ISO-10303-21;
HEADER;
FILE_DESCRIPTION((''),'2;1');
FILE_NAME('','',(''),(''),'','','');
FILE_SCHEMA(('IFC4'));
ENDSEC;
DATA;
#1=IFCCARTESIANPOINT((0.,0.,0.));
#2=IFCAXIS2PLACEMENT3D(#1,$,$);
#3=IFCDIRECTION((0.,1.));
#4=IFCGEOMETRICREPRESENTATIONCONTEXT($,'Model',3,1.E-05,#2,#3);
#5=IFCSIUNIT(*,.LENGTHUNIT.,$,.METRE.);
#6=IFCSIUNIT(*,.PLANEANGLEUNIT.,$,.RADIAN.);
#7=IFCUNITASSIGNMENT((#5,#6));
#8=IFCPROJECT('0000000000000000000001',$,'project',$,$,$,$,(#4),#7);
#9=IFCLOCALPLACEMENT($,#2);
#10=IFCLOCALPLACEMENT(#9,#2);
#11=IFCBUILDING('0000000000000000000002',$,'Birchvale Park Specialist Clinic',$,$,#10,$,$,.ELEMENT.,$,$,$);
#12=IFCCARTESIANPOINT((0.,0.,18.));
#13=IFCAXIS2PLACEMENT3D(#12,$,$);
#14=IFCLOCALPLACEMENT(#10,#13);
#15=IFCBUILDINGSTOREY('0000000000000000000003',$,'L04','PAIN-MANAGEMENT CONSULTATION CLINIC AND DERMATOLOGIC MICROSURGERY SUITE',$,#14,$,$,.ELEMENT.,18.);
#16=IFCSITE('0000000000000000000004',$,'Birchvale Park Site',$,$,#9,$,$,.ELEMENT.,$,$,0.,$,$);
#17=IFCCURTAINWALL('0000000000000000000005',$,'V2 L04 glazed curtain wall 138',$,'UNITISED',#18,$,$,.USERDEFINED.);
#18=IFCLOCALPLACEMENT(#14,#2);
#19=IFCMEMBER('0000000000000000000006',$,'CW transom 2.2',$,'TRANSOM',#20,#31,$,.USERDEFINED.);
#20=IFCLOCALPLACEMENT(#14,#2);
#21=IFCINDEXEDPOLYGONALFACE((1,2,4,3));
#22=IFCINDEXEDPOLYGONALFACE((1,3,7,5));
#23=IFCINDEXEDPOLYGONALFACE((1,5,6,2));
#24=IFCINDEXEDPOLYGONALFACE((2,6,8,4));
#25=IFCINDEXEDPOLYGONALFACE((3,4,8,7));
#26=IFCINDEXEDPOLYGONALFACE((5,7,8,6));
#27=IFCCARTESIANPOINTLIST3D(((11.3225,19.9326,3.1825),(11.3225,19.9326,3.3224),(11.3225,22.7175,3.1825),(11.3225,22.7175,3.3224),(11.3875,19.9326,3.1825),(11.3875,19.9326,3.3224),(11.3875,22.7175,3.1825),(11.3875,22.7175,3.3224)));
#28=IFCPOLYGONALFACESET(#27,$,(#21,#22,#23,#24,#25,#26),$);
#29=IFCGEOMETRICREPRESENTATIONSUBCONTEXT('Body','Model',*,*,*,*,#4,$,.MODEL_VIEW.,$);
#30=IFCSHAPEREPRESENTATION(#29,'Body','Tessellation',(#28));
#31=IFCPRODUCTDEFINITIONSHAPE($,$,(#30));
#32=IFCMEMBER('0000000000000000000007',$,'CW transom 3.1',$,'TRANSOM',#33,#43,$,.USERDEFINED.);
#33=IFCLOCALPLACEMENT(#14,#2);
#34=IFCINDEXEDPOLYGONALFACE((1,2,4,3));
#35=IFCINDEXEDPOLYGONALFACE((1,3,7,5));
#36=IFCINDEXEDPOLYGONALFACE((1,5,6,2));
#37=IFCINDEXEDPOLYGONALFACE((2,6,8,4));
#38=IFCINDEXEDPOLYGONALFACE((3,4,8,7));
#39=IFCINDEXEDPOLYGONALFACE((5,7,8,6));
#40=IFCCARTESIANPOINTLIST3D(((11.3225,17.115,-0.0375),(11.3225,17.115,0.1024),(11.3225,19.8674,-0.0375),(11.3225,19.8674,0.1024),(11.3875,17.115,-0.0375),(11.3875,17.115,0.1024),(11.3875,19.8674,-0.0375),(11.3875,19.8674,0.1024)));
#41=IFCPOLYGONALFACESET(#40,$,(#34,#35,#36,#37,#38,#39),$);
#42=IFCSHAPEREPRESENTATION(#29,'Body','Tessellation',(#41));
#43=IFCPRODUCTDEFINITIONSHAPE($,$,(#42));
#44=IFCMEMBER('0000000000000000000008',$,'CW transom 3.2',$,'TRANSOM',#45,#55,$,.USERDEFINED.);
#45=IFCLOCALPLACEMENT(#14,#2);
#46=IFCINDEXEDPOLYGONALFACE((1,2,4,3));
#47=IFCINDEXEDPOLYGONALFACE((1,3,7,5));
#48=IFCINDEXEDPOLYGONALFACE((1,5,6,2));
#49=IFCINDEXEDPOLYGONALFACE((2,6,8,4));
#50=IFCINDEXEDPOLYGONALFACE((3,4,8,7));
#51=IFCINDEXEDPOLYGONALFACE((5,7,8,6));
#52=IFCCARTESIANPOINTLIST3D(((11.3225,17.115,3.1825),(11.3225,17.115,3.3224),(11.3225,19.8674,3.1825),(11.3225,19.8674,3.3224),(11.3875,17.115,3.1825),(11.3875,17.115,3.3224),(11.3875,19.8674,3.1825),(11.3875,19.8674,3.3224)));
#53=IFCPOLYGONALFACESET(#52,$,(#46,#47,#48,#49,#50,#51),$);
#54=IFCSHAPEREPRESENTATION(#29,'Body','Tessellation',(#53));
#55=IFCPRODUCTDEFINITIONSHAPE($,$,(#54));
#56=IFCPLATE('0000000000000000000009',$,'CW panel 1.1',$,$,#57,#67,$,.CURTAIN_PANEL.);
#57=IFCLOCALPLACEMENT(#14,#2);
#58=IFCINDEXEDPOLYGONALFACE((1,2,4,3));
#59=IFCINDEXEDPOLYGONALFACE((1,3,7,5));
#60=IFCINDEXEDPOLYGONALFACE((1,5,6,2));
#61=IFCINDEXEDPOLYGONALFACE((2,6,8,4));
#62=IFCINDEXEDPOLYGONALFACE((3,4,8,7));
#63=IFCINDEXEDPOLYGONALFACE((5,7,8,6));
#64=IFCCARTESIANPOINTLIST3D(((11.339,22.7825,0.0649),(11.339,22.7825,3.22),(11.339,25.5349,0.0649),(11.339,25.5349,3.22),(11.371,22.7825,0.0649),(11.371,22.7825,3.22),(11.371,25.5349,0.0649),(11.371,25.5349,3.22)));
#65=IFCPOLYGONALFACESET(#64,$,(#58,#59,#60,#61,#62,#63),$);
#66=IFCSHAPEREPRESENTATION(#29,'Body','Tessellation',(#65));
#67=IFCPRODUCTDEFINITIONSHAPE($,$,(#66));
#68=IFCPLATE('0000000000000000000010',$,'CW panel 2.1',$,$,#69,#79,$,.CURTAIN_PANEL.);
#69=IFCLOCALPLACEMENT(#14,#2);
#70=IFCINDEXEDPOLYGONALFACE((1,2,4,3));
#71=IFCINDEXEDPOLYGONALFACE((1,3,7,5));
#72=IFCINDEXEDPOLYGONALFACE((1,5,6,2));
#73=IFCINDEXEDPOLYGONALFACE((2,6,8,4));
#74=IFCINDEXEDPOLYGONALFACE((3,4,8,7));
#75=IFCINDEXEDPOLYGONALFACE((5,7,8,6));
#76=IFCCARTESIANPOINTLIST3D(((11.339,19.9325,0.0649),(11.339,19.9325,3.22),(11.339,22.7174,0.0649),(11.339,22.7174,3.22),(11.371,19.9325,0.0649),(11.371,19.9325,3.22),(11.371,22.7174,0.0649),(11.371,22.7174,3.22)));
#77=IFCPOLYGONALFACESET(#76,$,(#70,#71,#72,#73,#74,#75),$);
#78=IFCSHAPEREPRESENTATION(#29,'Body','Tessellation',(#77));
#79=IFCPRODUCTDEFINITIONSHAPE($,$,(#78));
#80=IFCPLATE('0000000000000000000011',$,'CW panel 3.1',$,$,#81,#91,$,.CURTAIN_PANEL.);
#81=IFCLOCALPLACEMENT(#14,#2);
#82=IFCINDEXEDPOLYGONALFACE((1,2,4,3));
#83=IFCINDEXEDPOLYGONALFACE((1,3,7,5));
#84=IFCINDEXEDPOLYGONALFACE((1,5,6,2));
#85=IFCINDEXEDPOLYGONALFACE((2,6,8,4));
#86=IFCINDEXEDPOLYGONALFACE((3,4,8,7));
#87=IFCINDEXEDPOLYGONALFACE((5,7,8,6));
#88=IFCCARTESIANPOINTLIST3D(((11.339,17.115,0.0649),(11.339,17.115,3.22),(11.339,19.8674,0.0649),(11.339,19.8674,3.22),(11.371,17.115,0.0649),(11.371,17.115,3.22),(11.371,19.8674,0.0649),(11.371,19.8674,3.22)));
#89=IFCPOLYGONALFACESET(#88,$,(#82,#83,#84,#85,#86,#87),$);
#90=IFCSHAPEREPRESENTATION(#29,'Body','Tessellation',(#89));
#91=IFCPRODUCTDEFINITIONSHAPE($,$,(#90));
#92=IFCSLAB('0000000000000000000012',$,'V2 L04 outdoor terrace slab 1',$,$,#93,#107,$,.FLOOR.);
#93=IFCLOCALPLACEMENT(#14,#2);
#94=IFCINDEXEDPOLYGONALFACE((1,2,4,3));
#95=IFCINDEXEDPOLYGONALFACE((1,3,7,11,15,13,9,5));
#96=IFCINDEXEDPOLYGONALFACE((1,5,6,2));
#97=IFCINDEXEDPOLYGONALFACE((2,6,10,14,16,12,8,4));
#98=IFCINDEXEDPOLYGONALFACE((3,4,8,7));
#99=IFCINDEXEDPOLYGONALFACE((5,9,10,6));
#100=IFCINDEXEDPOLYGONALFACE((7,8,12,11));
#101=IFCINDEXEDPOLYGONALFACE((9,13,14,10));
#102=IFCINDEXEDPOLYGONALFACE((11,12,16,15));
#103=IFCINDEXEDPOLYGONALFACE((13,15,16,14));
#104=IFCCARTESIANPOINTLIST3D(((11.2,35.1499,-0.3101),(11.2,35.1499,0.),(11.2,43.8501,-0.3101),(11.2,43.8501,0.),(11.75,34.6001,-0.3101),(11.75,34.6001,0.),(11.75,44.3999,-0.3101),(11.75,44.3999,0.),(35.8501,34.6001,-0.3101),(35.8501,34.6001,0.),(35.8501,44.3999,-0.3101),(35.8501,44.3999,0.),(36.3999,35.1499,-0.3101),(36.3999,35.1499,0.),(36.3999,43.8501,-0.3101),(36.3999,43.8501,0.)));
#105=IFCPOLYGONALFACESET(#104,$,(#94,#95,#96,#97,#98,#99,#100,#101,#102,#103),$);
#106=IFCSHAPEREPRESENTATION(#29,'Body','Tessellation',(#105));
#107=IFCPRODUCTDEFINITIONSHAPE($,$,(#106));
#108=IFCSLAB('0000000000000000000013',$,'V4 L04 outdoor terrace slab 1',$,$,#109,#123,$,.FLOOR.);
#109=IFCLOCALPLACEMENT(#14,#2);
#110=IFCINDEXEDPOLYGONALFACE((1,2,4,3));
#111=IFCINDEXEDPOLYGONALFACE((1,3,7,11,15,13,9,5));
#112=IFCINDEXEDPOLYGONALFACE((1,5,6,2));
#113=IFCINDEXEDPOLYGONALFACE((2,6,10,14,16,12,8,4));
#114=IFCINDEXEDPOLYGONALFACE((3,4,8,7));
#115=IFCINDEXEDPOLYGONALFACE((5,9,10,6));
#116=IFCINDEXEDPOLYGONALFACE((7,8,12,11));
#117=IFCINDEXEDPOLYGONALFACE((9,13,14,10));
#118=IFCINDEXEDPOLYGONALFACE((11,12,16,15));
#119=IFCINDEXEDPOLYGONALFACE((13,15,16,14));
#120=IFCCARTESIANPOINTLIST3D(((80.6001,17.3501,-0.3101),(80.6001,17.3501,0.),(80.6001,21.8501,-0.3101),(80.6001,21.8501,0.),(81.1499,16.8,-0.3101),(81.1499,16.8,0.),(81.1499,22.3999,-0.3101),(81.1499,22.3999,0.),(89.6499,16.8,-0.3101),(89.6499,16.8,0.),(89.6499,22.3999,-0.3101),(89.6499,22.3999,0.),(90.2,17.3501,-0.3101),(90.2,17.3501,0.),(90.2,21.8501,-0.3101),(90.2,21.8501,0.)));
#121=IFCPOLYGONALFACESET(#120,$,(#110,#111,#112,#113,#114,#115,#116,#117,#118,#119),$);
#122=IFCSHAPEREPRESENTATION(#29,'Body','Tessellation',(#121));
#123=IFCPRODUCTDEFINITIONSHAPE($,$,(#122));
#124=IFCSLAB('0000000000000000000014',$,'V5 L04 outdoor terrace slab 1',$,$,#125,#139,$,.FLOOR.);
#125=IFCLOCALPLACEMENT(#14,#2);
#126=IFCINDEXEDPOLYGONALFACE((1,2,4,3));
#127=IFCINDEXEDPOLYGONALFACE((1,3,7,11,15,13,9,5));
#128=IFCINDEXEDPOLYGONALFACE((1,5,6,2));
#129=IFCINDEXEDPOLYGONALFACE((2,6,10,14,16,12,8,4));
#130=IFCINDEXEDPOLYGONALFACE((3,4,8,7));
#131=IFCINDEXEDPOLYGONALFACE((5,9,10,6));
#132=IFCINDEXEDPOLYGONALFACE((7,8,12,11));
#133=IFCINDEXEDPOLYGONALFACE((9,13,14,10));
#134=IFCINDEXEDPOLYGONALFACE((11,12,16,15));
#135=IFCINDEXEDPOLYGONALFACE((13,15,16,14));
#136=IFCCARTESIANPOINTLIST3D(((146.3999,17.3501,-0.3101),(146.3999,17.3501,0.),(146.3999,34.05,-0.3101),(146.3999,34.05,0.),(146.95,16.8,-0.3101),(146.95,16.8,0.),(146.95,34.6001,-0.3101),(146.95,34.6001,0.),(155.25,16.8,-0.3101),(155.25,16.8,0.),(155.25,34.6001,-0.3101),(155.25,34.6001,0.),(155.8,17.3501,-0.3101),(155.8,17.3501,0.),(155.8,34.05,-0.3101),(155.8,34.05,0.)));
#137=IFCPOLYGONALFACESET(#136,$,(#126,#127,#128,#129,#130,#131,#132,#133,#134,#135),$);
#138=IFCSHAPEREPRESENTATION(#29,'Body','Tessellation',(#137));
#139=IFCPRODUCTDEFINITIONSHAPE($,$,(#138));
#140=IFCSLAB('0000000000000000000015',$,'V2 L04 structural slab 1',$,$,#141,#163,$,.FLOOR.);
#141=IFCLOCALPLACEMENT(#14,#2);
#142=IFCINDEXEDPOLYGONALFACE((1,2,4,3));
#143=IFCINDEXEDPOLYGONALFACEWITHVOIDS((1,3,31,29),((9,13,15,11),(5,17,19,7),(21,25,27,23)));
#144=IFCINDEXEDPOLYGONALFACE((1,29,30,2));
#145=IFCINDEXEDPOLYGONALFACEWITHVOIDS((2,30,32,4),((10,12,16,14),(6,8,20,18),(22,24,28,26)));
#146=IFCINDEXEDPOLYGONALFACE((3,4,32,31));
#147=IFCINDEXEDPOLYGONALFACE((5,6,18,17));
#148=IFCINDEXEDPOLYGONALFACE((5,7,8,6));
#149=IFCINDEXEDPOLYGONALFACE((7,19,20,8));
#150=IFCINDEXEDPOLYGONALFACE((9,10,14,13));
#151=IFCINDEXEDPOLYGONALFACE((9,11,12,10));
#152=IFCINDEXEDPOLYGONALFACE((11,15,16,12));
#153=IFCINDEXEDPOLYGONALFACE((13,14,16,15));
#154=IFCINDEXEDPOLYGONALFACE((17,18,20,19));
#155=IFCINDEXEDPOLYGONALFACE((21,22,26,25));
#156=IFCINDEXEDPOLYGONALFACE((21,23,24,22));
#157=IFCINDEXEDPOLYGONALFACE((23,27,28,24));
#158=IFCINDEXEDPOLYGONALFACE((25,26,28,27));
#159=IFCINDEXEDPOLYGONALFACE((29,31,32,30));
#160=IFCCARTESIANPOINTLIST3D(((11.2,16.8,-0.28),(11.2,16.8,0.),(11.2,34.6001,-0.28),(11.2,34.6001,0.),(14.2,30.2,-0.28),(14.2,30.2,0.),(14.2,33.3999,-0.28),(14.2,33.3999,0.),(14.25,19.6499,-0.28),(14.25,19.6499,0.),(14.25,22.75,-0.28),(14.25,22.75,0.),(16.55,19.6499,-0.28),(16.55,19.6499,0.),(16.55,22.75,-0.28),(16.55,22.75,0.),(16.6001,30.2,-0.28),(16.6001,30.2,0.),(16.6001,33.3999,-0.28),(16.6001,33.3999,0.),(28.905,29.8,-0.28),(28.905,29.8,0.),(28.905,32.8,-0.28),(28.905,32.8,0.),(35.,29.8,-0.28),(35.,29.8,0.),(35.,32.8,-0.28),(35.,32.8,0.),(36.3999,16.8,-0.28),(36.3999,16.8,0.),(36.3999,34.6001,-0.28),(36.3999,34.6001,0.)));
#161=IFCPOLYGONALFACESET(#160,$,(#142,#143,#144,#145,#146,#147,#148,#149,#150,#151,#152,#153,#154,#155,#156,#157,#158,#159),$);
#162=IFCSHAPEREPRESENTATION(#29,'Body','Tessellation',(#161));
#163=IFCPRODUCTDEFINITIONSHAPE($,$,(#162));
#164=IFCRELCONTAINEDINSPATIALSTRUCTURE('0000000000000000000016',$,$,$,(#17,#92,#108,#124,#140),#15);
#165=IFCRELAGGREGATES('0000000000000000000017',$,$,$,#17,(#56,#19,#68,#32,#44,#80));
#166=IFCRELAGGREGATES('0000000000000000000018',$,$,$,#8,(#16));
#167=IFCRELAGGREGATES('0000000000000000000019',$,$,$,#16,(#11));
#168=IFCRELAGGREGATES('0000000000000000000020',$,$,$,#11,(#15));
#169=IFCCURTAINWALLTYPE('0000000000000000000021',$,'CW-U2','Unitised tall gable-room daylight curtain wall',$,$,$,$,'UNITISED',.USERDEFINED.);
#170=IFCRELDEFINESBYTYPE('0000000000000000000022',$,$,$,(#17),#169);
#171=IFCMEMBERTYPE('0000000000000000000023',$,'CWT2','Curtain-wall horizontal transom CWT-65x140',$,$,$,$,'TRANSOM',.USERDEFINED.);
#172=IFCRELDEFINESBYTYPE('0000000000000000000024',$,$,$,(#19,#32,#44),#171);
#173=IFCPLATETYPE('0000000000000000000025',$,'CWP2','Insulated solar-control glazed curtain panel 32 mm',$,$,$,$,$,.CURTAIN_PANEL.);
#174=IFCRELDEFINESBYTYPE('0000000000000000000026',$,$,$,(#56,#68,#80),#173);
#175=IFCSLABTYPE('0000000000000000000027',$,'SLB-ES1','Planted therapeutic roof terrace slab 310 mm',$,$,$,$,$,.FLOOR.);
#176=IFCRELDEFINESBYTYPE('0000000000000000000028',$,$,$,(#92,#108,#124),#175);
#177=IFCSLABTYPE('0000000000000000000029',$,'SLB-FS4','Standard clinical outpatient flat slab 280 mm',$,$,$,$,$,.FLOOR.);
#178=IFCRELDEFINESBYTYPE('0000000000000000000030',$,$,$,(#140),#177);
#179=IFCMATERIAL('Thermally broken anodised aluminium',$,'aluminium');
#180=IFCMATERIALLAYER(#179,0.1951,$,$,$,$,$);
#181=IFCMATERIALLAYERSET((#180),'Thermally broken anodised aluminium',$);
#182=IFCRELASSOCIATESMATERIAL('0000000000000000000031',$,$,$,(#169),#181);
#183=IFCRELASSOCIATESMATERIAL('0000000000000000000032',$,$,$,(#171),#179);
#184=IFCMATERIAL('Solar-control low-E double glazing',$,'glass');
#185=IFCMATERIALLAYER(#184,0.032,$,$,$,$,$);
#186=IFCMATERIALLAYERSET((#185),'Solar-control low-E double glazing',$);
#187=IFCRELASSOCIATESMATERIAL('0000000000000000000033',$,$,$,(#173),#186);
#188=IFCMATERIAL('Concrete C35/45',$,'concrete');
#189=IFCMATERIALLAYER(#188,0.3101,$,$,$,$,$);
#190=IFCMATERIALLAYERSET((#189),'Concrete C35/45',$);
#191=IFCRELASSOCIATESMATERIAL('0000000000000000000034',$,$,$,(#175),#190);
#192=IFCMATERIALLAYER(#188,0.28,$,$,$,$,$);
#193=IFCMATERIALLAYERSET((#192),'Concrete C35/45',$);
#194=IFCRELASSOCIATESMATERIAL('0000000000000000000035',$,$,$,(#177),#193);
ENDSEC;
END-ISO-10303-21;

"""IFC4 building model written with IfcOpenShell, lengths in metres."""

from ifc_helpers import new_model, si_unit, direction, frame, origin, origin_2d, place, context, subcontext, project, spatial, polyline, rectangle, outline, extrude, material, layer, layer_set, material_profile, profile_set, type_object, element, aggregate, save


model = new_model("IFC4")

# Units and contexts
model_context = context("Model", 3, precision=1e-05, world=origin(), true_north=direction((0.0, 1.0)))
body_context = subcontext(model_context, "Body", "Model", "MODEL_VIEW")
ifc_project = project(units=[si_unit("LENGTHUNIT", "METRE"), si_unit("PLANEANGLEUNIT", "RADIAN")], contexts=[model_context])

# Site, building, storey
site_placement = place(None, origin())
site = spatial("IfcSite", under=ifc_project, at=site_placement, Name="Birchvale Park Site", CompositionType="ELEMENT", RefElevation=0.0)
building_placement = place(site_placement, origin())
building = spatial("IfcBuilding", under=site, at=building_placement, Name="Birchvale Park Specialist Clinic", CompositionType="ELEMENT")
storey_placement = place(building_placement, frame((0.0, 0.0, 18.0)))
storey = spatial("IfcBuildingStorey", under=building, at=storey_placement, Name="L04", Description="PAIN-MANAGEMENT CONSULTATION CLINIC AND DERMATOLOGIC MICROSURGERY SUITE", CompositionType="ELEMENT", Elevation=18.0)

# Shared definitions
ifc_material_1 = material(Name="Thermally broken anodised aluminium", Category="aluminium")
ifc_layer_1 = layer(ifc_material_1, 0.1951)
ifc_layer_set_1 = layer_set([ifc_layer_1], Name="Thermally broken anodised aluminium")
curtain_wall_type = type_object("IfcCurtainWallType", Name="CW-U2", Description="Unitised tall gable-room daylight curtain wall", ElementType="UNITISED", PredefinedType="USERDEFINED", material=ifc_layer_set_1)

# Curtain wall, members, plates
curtain_wall_1_placement = place(storey_placement, origin())
curtain_wall_1 = element("IfcCurtainWall", 1, at=curtain_wall_1_placement, inside=storey, type_object=curtain_wall_type, Name="V2 L04 glazed curtain wall 138", ObjectType="UNITISED", PredefinedType="USERDEFINED")
ifc_material_profile_1 = material_profile(ifc_material_1, rectangle(XDim=0.0649, YDim=0.1399, at=origin_2d()), Name="CWT-65x140")
ifc_profile_set_1 = profile_set([ifc_material_profile_1], Name="Thermally broken anodised aluminium")
member_type_1 = type_object("IfcMemberType", Name="CWT2", Description="Curtain-wall horizontal transom CWT-65x140", ElementType="TRANSOM", PredefinedType="USERDEFINED", material=ifc_profile_set_1)
member_1_placement = place(storey_placement, frame((11.355, 22.7175, 3.2524), z_axis=(0.0, -1.0, 0.0), x_axis=(1.0, 0.0, 0.0)))
member_1 = element("IfcMember", 2, at=member_1_placement, type_object=member_type_1, Name="CW transom 2.2", ObjectType="TRANSOM", PredefinedType="USERDEFINED", context=body_context, shape_type="SweptSolid", body=[
    extrude(rectangle(XDim=0.0649, YDim=0.1399, at=origin_2d()), origin(), (0.0, 0.0, 1.0), 2.7849),
])
member_2_placement = place(storey_placement, frame((11.355, 19.8674, 0.0325), z_axis=(0.0, -1.0, 0.0), x_axis=(1.0, 0.0, 0.0)))
member_2 = element("IfcMember", 3, at=member_2_placement, type_object=member_type_1, Name="CW transom 3.1", ObjectType="TRANSOM", PredefinedType="USERDEFINED", context=body_context, shape_type="SweptSolid", body=[
    extrude(rectangle(XDim=0.0649, YDim=0.1399, at=origin_2d()), origin(), (0.0, 0.0, 1.0), 2.7524),
])
member_3_placement = place(storey_placement, frame((11.355, 19.8674, 3.2524), z_axis=(0.0, -1.0, 0.0), x_axis=(1.0, 0.0, 0.0)))
member_3 = element("IfcMember", 4, at=member_3_placement, type_object=member_type_1, Name="CW transom 3.2", ObjectType="TRANSOM", PredefinedType="USERDEFINED", context=body_context, shape_type="SweptSolid", body=[
    extrude(rectangle(XDim=0.0649, YDim=0.1399, at=origin_2d()), origin(), (0.0, 0.0, 1.0), 2.7524),
])
ifc_material_2 = material(Name="Solar-control low-E double glazing", Category="glass")
ifc_layer_2 = layer(ifc_material_2, 0.032)
ifc_layer_set_2 = layer_set([ifc_layer_2], Name="Solar-control low-E double glazing")
plate_type = type_object("IfcPlateType", Name="CWP2", Description="Insulated solar-control glazed curtain panel 32 mm", PredefinedType="CURTAIN_PANEL", material=ifc_layer_set_2)
plate_1_placement = place(storey_placement, frame((11.355, 24.1587, 0.0649), z_axis=(0.0, 0.0, 1.0), x_axis=(0.0, -1.0, 0.0)))
plate_1 = element("IfcPlate", 5, at=plate_1_placement, type_object=plate_type, Name="CW panel 1.1", PredefinedType="CURTAIN_PANEL", context=body_context, shape_type="SweptSolid", body=[
    extrude(rectangle(XDim=2.7524, YDim=0.032, at=origin_2d()), origin(), (0.0, 0.0, 1.0), 3.155),
])
plate_2_placement = place(storey_placement, frame((11.355, 21.325, 0.0649), z_axis=(0.0, 0.0, 1.0), x_axis=(0.0, -1.0, 0.0)))
plate_2 = element("IfcPlate", 6, at=plate_2_placement, type_object=plate_type, Name="CW panel 2.1", PredefinedType="CURTAIN_PANEL", context=body_context, shape_type="SweptSolid", body=[
    extrude(rectangle(XDim=2.7849, YDim=0.032, at=origin_2d()), origin(), (0.0, 0.0, 1.0), 3.155),
])
plate_3_placement = place(storey_placement, frame((11.355, 18.4912, 0.0649), z_axis=(0.0, 0.0, 1.0), x_axis=(0.0, -1.0, 0.0)))
plate_3 = element("IfcPlate", 7, at=plate_3_placement, type_object=plate_type, Name="CW panel 3.1", PredefinedType="CURTAIN_PANEL", context=body_context, shape_type="SweptSolid", body=[
    extrude(rectangle(XDim=2.7524, YDim=0.032, at=origin_2d()), origin(), (0.0, 0.0, 1.0), 3.155),
])
aggregate(curtain_wall_1, [plate_1, member_1, plate_2, member_2, member_3, plate_3])

# Slabs
ifc_material_3 = material(Name="Concrete C35/45", Category="concrete")
ifc_layer_3 = layer(ifc_material_3, 0.3101)
ifc_layer_set_3 = layer_set([ifc_layer_3], Name="Concrete C35/45")
slab_type_1 = type_object("IfcSlabType", Name="SLB-ES1", Description="Planted therapeutic roof terrace slab 310 mm", PredefinedType="FLOOR", material=ifc_layer_set_3)
slab_1_placement = place(storey_placement, frame((0.0, 0.0, -0.3101)))
element("IfcSlab", 8, at=slab_1_placement, inside=storey, type_object=slab_type_1, Name="V2 L04 outdoor terrace slab 1", PredefinedType="FLOOR", context=body_context, shape_type="SweptSolid", body=[
    extrude(outline(polyline([(11.75, 34.6001), (35.8501, 34.6001), (36.3999, 35.1499), (36.3999, 43.8501), (35.8501, 44.3999), (11.75, 44.3999), (11.2, 43.8501), (11.2, 35.1499), (11.75, 34.6001)])), origin(), (0.0, 0.0, 1.0), 0.3101),
])
slab_2_placement = place(storey_placement, frame((0.0, 0.0, -0.3101)))
element("IfcSlab", 9, at=slab_2_placement, inside=storey, type_object=slab_type_1, Name="V4 L04 outdoor terrace slab 1", PredefinedType="FLOOR", context=body_context, shape_type="SweptSolid", body=[
    extrude(outline(polyline([(81.1499, 16.8), (89.6499, 16.8), (90.2, 17.3501), (90.2, 21.8501), (89.6499, 22.3999), (81.1499, 22.3999), (80.6001, 21.8501), (80.6001, 17.3501), (81.1499, 16.8)])), origin(), (0.0, 0.0, 1.0), 0.3101),
])
slab_3_placement = place(storey_placement, frame((0.0, 0.0, -0.3101)))
element("IfcSlab", 10, at=slab_3_placement, inside=storey, type_object=slab_type_1, Name="V5 L04 outdoor terrace slab 1", PredefinedType="FLOOR", context=body_context, shape_type="SweptSolid", body=[
    extrude(outline(polyline([(146.95, 16.8), (155.25, 16.8), (155.8, 17.3501), (155.8, 34.05), (155.25, 34.6001), (146.95, 34.6001), (146.3999, 34.05), (146.3999, 17.3501), (146.95, 16.8)])), origin(), (0.0, 0.0, 1.0), 0.3101),
])
ifc_layer_4 = layer(ifc_material_3, 0.28)
ifc_layer_set_4 = layer_set([ifc_layer_4], Name="Concrete C35/45")
slab_type_2 = type_object("IfcSlabType", Name="SLB-FS4", Description="Standard clinical outpatient flat slab 280 mm", PredefinedType="FLOOR", material=ifc_layer_set_4)
slab_4_placement = place(storey_placement, frame((0.0, 0.0, -0.28)))
element("IfcSlab", 11, at=slab_4_placement, inside=storey, type_object=slab_type_2, Name="V2 L04 structural slab 1", PredefinedType="FLOOR", context=body_context, shape_type="SweptSolid", body=[
    extrude(outline(polyline([(11.2, 16.8), (36.3999, 16.8), (36.3999, 34.6001), (11.2, 34.6001), (11.2, 16.8)]), holes=[polyline([(28.905, 29.8), (35.0, 29.8), (35.0, 32.8), (28.905, 32.8), (28.905, 29.8)]), polyline([(14.25, 19.6499), (16.55, 19.6499), (16.55, 22.75), (14.25, 22.75), (14.25, 19.6499)]), polyline([(14.2, 30.2), (16.6001, 30.2), (16.6001, 33.3999), (14.2, 33.3999), (14.2, 30.2)])]), origin(), (0.0, 0.0, 1.0), 0.28),
])

save(model, "model.ifc")
